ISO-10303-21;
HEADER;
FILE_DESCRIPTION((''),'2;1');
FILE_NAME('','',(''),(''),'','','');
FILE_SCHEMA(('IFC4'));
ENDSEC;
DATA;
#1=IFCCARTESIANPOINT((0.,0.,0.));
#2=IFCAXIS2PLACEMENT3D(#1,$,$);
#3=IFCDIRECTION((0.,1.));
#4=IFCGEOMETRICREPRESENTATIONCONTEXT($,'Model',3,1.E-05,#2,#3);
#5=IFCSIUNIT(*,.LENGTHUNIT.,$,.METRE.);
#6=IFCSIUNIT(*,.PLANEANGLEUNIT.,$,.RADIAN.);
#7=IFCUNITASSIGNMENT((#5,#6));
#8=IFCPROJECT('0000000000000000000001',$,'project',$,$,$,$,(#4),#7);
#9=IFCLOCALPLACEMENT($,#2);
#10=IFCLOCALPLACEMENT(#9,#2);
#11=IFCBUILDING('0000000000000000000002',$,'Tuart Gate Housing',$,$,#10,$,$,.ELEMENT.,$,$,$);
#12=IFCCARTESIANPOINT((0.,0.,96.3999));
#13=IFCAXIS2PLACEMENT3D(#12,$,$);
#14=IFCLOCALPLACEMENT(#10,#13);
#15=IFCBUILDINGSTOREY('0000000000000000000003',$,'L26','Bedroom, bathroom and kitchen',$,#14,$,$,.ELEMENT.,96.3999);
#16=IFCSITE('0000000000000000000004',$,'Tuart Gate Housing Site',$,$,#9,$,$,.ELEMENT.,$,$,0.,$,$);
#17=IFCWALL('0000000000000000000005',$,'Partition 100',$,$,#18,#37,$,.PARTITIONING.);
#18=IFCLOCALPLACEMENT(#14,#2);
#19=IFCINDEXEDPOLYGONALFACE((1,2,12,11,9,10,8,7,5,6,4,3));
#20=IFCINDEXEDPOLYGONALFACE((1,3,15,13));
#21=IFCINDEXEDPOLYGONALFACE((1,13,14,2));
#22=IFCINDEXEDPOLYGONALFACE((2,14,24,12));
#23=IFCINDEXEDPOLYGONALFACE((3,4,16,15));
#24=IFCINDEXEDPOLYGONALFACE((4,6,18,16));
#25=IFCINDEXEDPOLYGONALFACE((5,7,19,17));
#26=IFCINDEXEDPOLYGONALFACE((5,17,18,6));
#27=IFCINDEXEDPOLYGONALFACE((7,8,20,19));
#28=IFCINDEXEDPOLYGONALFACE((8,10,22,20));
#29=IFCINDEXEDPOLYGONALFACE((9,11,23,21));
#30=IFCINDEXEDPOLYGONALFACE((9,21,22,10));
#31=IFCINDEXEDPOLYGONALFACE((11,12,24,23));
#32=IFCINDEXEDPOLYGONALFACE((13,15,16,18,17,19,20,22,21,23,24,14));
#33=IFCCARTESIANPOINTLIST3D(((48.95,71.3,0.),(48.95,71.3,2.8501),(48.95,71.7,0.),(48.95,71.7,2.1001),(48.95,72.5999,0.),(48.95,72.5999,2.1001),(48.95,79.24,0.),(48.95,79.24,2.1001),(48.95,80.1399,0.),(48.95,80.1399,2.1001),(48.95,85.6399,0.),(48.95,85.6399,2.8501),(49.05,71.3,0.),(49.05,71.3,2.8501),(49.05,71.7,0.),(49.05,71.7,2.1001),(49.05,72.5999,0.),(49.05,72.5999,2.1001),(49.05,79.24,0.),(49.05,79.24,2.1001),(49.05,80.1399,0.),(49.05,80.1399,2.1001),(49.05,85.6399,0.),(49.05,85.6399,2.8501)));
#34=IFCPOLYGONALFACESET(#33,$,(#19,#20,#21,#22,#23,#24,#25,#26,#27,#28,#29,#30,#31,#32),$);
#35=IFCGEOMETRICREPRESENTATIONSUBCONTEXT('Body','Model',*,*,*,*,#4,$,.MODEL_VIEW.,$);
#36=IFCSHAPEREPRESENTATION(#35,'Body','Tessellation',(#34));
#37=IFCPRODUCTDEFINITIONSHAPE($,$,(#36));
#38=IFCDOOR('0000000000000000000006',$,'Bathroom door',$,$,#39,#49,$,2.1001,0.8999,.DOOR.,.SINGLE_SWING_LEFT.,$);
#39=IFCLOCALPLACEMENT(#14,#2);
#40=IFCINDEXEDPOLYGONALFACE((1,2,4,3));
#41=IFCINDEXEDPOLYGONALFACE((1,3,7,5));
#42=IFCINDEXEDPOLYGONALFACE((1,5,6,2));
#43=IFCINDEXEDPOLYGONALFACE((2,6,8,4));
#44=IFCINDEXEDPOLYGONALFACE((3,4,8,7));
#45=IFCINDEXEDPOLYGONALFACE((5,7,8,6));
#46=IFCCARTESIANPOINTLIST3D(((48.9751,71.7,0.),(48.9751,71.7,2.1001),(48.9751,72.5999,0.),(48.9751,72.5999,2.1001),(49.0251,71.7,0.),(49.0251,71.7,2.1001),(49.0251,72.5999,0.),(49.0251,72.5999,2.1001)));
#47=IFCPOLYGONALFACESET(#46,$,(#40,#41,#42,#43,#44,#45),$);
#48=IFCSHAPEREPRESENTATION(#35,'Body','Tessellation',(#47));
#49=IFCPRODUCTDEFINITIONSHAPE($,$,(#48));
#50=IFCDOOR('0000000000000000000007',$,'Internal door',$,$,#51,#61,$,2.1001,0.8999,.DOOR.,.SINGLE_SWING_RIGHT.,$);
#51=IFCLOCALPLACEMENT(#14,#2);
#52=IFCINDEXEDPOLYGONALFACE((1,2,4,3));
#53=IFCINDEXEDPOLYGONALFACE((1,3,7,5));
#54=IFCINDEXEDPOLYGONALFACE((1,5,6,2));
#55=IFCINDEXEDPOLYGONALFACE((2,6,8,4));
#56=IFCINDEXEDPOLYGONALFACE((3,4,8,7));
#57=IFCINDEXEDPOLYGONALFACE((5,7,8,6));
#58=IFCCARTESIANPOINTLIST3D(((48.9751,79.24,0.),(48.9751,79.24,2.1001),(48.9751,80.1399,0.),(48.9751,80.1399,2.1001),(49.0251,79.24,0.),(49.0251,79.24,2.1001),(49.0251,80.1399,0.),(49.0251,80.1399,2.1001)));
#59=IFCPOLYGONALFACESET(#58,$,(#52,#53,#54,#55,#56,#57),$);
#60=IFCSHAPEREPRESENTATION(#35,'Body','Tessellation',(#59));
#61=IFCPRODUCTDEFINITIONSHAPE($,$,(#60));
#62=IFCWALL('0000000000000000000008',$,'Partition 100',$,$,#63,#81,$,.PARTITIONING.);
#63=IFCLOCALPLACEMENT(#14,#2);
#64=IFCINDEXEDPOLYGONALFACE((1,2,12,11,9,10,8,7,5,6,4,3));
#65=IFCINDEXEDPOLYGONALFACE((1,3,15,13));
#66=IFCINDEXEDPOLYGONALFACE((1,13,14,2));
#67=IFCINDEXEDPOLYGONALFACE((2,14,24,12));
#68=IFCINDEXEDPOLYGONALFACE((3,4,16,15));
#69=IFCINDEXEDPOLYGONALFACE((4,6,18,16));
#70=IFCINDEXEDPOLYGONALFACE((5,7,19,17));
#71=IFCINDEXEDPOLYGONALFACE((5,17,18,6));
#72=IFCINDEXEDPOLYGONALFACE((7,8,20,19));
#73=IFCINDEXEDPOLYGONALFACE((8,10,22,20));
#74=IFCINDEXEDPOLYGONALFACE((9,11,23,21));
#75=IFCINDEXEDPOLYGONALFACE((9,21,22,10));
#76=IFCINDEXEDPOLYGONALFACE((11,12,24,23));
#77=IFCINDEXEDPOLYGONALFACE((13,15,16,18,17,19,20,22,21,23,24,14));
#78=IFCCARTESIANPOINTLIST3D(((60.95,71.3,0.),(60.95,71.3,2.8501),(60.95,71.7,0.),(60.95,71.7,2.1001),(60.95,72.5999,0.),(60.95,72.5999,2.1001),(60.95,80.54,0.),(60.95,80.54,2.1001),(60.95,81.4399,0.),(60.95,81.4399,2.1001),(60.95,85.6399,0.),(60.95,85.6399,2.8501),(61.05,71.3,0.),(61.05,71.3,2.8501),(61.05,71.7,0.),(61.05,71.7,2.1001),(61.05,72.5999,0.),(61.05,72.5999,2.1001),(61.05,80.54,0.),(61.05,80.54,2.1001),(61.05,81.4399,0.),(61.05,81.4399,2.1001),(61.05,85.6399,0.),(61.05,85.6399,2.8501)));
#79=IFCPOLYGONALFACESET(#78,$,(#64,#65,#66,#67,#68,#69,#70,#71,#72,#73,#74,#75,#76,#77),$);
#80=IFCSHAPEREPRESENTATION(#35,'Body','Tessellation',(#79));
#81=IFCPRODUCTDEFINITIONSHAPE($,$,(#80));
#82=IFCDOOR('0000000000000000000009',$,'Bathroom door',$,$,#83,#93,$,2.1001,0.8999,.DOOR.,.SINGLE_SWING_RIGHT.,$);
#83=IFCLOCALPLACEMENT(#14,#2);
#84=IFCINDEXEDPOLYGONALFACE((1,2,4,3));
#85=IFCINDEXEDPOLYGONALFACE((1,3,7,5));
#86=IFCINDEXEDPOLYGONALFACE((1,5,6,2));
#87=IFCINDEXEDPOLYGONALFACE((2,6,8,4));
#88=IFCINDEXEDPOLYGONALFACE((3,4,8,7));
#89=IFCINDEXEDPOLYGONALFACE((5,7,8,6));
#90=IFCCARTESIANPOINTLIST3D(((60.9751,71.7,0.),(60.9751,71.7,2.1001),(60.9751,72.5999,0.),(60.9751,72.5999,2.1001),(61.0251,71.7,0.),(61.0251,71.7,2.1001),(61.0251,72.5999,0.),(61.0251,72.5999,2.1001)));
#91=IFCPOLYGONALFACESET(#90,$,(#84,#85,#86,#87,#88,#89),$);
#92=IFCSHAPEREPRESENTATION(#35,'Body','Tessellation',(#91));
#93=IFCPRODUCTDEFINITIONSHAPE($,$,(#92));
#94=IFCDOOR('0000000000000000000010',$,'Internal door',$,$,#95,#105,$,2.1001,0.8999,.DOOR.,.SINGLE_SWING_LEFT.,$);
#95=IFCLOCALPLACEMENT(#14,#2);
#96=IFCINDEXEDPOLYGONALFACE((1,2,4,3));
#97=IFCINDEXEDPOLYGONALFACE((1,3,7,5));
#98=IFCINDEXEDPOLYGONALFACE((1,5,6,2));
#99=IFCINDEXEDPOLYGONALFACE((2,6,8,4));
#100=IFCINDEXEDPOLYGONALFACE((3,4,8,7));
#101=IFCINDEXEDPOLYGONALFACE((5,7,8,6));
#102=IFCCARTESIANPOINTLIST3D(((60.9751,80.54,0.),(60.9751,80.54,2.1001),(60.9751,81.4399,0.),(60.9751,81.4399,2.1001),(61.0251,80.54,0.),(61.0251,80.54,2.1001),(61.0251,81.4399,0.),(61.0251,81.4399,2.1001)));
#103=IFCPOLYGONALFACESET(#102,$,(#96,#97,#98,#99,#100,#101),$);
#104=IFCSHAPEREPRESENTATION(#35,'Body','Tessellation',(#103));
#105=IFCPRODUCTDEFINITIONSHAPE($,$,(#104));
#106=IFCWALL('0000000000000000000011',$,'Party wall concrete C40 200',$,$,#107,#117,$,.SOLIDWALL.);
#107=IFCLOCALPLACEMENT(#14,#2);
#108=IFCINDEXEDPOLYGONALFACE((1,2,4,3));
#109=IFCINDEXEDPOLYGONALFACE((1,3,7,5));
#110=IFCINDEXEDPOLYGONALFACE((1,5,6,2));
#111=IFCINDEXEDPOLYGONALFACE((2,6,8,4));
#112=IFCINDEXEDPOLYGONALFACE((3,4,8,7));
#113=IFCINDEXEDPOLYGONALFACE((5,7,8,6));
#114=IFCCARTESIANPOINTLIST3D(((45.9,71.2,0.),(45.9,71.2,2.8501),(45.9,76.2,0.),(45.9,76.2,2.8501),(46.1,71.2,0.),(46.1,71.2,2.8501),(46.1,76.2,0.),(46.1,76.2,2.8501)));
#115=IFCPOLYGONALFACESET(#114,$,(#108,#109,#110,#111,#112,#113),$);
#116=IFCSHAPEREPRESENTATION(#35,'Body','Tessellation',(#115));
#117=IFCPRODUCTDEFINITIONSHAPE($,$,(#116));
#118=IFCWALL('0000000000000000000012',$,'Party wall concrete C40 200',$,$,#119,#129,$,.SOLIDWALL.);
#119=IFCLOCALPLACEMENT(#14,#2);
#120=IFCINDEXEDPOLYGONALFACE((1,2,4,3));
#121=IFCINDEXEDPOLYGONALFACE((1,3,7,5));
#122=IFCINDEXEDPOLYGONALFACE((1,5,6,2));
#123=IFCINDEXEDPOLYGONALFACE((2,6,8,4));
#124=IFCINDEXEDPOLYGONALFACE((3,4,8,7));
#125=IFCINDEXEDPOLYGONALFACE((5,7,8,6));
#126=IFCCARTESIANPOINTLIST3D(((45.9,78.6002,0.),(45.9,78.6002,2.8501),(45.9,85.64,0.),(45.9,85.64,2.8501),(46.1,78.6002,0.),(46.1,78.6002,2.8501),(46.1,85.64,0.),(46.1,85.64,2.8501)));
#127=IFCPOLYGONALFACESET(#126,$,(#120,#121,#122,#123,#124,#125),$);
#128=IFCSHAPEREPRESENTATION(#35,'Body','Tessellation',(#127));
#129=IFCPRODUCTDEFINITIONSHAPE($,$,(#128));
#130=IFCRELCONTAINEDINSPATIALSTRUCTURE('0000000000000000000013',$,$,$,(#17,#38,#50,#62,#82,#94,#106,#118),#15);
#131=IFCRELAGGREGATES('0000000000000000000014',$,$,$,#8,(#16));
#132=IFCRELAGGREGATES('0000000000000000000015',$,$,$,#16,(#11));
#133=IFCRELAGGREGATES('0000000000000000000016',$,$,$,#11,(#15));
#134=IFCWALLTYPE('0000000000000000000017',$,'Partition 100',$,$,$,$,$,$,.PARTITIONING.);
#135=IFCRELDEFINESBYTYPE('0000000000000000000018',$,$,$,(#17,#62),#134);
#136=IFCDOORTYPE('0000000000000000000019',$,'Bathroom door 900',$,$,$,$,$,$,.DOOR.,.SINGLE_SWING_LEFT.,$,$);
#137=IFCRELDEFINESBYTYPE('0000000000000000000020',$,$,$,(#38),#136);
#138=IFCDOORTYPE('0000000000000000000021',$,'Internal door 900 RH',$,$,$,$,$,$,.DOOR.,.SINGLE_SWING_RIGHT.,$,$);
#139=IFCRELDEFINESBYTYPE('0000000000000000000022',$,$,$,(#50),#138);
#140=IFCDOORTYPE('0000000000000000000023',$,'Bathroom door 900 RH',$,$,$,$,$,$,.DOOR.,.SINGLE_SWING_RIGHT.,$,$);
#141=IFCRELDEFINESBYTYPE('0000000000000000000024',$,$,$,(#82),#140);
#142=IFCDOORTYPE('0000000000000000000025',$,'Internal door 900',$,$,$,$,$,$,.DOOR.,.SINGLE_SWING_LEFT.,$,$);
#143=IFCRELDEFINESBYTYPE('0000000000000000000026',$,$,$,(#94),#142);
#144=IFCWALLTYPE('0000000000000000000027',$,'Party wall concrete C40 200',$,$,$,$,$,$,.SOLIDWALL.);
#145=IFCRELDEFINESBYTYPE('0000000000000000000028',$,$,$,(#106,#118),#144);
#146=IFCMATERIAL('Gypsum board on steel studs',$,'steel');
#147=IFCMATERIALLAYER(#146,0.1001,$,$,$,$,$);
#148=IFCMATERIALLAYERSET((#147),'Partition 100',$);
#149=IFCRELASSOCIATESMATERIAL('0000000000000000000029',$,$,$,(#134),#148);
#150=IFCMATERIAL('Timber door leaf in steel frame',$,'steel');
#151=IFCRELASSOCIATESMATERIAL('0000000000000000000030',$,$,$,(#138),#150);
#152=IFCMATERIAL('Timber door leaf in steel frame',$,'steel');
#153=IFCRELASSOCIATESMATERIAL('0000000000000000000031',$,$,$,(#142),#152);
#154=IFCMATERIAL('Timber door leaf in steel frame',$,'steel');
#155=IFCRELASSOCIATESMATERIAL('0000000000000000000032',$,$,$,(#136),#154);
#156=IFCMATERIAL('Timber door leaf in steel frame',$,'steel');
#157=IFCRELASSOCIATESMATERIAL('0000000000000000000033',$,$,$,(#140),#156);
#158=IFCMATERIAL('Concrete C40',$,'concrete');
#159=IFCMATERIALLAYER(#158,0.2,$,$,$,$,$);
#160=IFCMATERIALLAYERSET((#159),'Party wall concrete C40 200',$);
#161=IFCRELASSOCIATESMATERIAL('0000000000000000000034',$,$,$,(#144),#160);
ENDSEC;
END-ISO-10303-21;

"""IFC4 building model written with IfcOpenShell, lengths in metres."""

from ifc_helpers import new_model, si_unit, direction, frame, frame_2d, origin, place, context, subcontext, project, spatial, rectangle, extrude, material, layer, layer_set, type_object, element, fill, save


model = new_model("IFC4")

# Units and contexts
model_context = context("Model", 3, precision=1e-05, world=origin(), true_north=direction((0.0, 1.0)))
body_context = subcontext(model_context, "Body", "Model", "MODEL_VIEW")
ifc_project = project(units=[si_unit("LENGTHUNIT", "METRE"), si_unit("PLANEANGLEUNIT", "RADIAN")], contexts=[model_context])

# Site, building, storey
site_placement = place(None, origin())
site = spatial("IfcSite", under=ifc_project, at=site_placement, Name="Tuart Gate Housing Site", CompositionType="ELEMENT", RefElevation=0.0)
building_placement = place(site_placement, origin())
building = spatial("IfcBuilding", under=site, at=building_placement, Name="Tuart Gate Housing", CompositionType="ELEMENT")
storey_placement = place(building_placement, frame((0.0, 0.0, 96.3999)))
storey = spatial("IfcBuildingStorey", under=building, at=storey_placement, Name="L26", Description="Bedroom, bathroom and kitchen", CompositionType="ELEMENT", Elevation=96.3999)

# Shared definitions
ifc_material_1 = material(Name="Gypsum board on steel studs", Category="steel")
ifc_layer_1 = layer(ifc_material_1, 0.1001)
ifc_layer_set_1 = layer_set([ifc_layer_1], Name="Partition 100")
wall_type_1 = type_object("IfcWallType", Name="Partition 100", PredefinedType="PARTITIONING", material=ifc_layer_set_1)

# Shared definitions
ifc_material_2 = material(Name="Timber door leaf in steel frame", Category="steel")
door_type_1 = type_object("IfcDoorType", Name="Internal door 900 RH", OperationType="SINGLE_SWING_RIGHT", PredefinedType="DOOR", material=ifc_material_2)
ifc_material_3 = material(Name="Timber door leaf in steel frame", Category="steel")
door_type_2 = type_object("IfcDoorType", Name="Internal door 900", OperationType="SINGLE_SWING_LEFT", PredefinedType="DOOR", material=ifc_material_3)

# Walls, openings, doors
wall_1_placement = place(storey_placement, frame((49.0, 71.3, 0.0), z_axis=(0.0, 0.0, 1.0), x_axis=(0.0, 1.0, 0.0)))
wall_1 = element("IfcWall", 1, at=wall_1_placement, inside=storey, type_object=wall_type_1, Name="Partition 100", PredefinedType="PARTITIONING", context=body_context, shape_type="SweptSolid", body=[
    extrude(rectangle(XDim=14.3398, YDim=0.1001, at=frame_2d((7.1699, 0.0))), origin(), (0.0, 0.0, 1.0), 2.8501),
])
opening_1_placement = place(wall_1_placement, frame((7.9399, 0.0, 0.0)))
opening_1 = element("IfcOpeningElement", 2, at=opening_1_placement, cuts=wall_1, PredefinedType="OPENING", context=body_context, shape_type="SweptSolid", body=[
    extrude(rectangle(XDim=0.8999, YDim=2.1001, at=frame_2d((0.45, 1.05))), frame((0.0, 0.0601, 0.0), z_axis=(0.0, -1.0, 0.0), x_axis=(1.0, 0.0, 0.0)), (0.0, 0.0, 1.0), 0.1201),
])
opening_2_placement = place(wall_1_placement, frame((0.3999, 0.0, 0.0)))
opening_2 = element("IfcOpeningElement", 3, at=opening_2_placement, cuts=wall_1, PredefinedType="OPENING", context=body_context, shape_type="SweptSolid", body=[
    extrude(rectangle(XDim=0.8999, YDim=2.1001, at=frame_2d((0.45, 1.05))), frame((0.0, 0.0601, 0.0), z_axis=(0.0, -1.0, 0.0), x_axis=(1.0, 0.0, 0.0)), (0.0, 0.0, 1.0), 0.1201),
])
ifc_material_4 = material(Name="Timber door leaf in steel frame", Category="steel")
door_type_3 = type_object("IfcDoorType", Name="Bathroom door 900", OperationType="SINGLE_SWING_LEFT", PredefinedType="DOOR", material=ifc_material_4)
door_1_placement = place(opening_2_placement, origin())
door_1 = element("IfcDoor", 4, at=door_1_placement, inside=storey, type_object=door_type_3, Name="Bathroom door", OperationType="SINGLE_SWING_LEFT", OverallHeight=2.1001, OverallWidth=0.8999, PredefinedType="DOOR", context=body_context, shape_type="SweptSolid", body=[
    extrude(rectangle(XDim=0.8999, YDim=2.1001, at=frame_2d((0.45, 1.05))), frame((0.0, 0.0249, 0.0), z_axis=(0.0, -1.0, 0.0), x_axis=(1.0, 0.0, 0.0)), (0.0, 0.0, 1.0), 0.05),
])
fill(opening_2, door_1)
door_2_placement = place(opening_1_placement, origin())
door_2 = element("IfcDoor", 5, at=door_2_placement, inside=storey, type_object=door_type_1, Name="Internal door", OperationType="SINGLE_SWING_RIGHT", OverallHeight=2.1001, OverallWidth=0.8999, PredefinedType="DOOR", context=body_context, shape_type="SweptSolid", body=[
    extrude(rectangle(XDim=0.8999, YDim=2.1001, at=frame_2d((0.45, 1.05))), frame((0.0, 0.0249, 0.0), z_axis=(0.0, -1.0, 0.0), x_axis=(1.0, 0.0, 0.0)), (0.0, 0.0, 1.0), 0.05),
])
fill(opening_1, door_2)
wall_2_placement = place(storey_placement, frame((61.0, 71.3, 0.0), z_axis=(0.0, 0.0, 1.0), x_axis=(0.0, 1.0, 0.0)))
wall_2 = element("IfcWall", 6, at=wall_2_placement, inside=storey, type_object=wall_type_1, Name="Partition 100", PredefinedType="PARTITIONING", context=body_context, shape_type="SweptSolid", body=[
    extrude(rectangle(XDim=14.3398, YDim=0.1001, at=frame_2d((7.1699, 0.0))), origin(), (0.0, 0.0, 1.0), 2.8501),
])
opening_3_placement = place(wall_2_placement, frame((9.24, 0.0, 0.0)))
opening_3 = element("IfcOpeningElement", 7, at=opening_3_placement, cuts=wall_2, PredefinedType="OPENING", context=body_context, shape_type="SweptSolid", body=[
    extrude(rectangle(XDim=0.8999, YDim=2.1001, at=frame_2d((0.45, 1.05))), frame((0.0, 0.0601, 0.0), z_axis=(0.0, -1.0, 0.0), x_axis=(1.0, 0.0, 0.0)), (0.0, 0.0, 1.0), 0.1201),
])
opening_4_placement = place(wall_2_placement, frame((0.3999, 0.0, 0.0)))
opening_4 = element("IfcOpeningElement", 8, at=opening_4_placement, cuts=wall_2, PredefinedType="OPENING", context=body_context, shape_type="SweptSolid", body=[
    extrude(rectangle(XDim=0.8999, YDim=2.1001, at=frame_2d((0.45, 1.05))), frame((0.0, 0.0601, 0.0), z_axis=(0.0, -1.0, 0.0), x_axis=(1.0, 0.0, 0.0)), (0.0, 0.0, 1.0), 0.1201),
])
ifc_material_5 = material(Name="Timber door leaf in steel frame", Category="steel")
door_type_4 = type_object("IfcDoorType", Name="Bathroom door 900 RH", OperationType="SINGLE_SWING_RIGHT", PredefinedType="DOOR", material=ifc_material_5)
door_3_placement = place(opening_4_placement, frame((0.8999, 0.0, 0.0), z_axis=(0.0, 0.0, 1.0), x_axis=(-1.0, 0.0, 0.0)))
door_3 = element("IfcDoor", 9, at=door_3_placement, inside=storey, type_object=door_type_4, Name="Bathroom door", OperationType="SINGLE_SWING_RIGHT", OverallHeight=2.1001, OverallWidth=0.8999, PredefinedType="DOOR", context=body_context, shape_type="SweptSolid", body=[
    extrude(rectangle(XDim=0.8999, YDim=2.1001, at=frame_2d((0.45, 1.05))), frame((0.0, 0.0251, 0.0), z_axis=(0.0, -1.0, 0.0), x_axis=(1.0, 0.0, 0.0)), (0.0, 0.0, 1.0), 0.05),
])
fill(opening_4, door_3)
door_4_placement = place(opening_3_placement, frame((0.8999, 0.0, 0.0), z_axis=(0.0, 0.0, 1.0), x_axis=(-1.0, 0.0, 0.0)))
door_4 = element("IfcDoor", 10, at=door_4_placement, inside=storey, type_object=door_type_2, Name="Internal door", OperationType="SINGLE_SWING_LEFT", OverallHeight=2.1001, OverallWidth=0.8999, PredefinedType="DOOR", context=body_context, shape_type="SweptSolid", body=[
    extrude(rectangle(XDim=0.8999, YDim=2.1001, at=frame_2d((0.45, 1.05))), frame((0.0, 0.0251, 0.0), z_axis=(0.0, -1.0, 0.0), x_axis=(1.0, 0.0, 0.0)), (0.0, 0.0, 1.0), 0.05),
])
fill(opening_3, door_4)

# Walls
ifc_material_6 = material(Name="Concrete C40", Category="concrete")
ifc_layer_2 = layer(ifc_material_6, 0.2)
ifc_layer_set_2 = layer_set([ifc_layer_2], Name="Party wall concrete C40 200")
wall_type_2 = type_object("IfcWallType", Name="Party wall concrete C40 200", PredefinedType="SOLIDWALL", material=ifc_layer_set_2)
wall_3_placement = place(storey_placement, frame((46.0, 71.2, 0.0), z_axis=(0.0, 0.0, 1.0), x_axis=(0.0, 1.0, 0.0)))
element("IfcWall", 11, at=wall_3_placement, inside=storey, type_object=wall_type_2, Name="Party wall concrete C40 200", PredefinedType="SOLIDWALL", context=body_context, shape_type="SweptSolid", body=[
    extrude(rectangle(XDim=5.0, YDim=0.2, at=frame_2d((2.5, 0.0))), origin(), (0.0, 0.0, 1.0), 2.8501),
])
wall_4_placement = place(storey_placement, frame((46.0, 78.6001, 0.0), z_axis=(0.0, 0.0, 1.0), x_axis=(0.0, 1.0, 0.0)))
element("IfcWall", 12, at=wall_4_placement, inside=storey, type_object=wall_type_2, Name="Party wall concrete C40 200", PredefinedType="SOLIDWALL", context=body_context, shape_type="SweptSolid", body=[
    extrude(rectangle(XDim=7.0398, YDim=0.2, at=frame_2d((3.52, 0.0))), origin(), (0.0, 0.0, 1.0), 2.8501),
])

save(model, "model.ifc")
